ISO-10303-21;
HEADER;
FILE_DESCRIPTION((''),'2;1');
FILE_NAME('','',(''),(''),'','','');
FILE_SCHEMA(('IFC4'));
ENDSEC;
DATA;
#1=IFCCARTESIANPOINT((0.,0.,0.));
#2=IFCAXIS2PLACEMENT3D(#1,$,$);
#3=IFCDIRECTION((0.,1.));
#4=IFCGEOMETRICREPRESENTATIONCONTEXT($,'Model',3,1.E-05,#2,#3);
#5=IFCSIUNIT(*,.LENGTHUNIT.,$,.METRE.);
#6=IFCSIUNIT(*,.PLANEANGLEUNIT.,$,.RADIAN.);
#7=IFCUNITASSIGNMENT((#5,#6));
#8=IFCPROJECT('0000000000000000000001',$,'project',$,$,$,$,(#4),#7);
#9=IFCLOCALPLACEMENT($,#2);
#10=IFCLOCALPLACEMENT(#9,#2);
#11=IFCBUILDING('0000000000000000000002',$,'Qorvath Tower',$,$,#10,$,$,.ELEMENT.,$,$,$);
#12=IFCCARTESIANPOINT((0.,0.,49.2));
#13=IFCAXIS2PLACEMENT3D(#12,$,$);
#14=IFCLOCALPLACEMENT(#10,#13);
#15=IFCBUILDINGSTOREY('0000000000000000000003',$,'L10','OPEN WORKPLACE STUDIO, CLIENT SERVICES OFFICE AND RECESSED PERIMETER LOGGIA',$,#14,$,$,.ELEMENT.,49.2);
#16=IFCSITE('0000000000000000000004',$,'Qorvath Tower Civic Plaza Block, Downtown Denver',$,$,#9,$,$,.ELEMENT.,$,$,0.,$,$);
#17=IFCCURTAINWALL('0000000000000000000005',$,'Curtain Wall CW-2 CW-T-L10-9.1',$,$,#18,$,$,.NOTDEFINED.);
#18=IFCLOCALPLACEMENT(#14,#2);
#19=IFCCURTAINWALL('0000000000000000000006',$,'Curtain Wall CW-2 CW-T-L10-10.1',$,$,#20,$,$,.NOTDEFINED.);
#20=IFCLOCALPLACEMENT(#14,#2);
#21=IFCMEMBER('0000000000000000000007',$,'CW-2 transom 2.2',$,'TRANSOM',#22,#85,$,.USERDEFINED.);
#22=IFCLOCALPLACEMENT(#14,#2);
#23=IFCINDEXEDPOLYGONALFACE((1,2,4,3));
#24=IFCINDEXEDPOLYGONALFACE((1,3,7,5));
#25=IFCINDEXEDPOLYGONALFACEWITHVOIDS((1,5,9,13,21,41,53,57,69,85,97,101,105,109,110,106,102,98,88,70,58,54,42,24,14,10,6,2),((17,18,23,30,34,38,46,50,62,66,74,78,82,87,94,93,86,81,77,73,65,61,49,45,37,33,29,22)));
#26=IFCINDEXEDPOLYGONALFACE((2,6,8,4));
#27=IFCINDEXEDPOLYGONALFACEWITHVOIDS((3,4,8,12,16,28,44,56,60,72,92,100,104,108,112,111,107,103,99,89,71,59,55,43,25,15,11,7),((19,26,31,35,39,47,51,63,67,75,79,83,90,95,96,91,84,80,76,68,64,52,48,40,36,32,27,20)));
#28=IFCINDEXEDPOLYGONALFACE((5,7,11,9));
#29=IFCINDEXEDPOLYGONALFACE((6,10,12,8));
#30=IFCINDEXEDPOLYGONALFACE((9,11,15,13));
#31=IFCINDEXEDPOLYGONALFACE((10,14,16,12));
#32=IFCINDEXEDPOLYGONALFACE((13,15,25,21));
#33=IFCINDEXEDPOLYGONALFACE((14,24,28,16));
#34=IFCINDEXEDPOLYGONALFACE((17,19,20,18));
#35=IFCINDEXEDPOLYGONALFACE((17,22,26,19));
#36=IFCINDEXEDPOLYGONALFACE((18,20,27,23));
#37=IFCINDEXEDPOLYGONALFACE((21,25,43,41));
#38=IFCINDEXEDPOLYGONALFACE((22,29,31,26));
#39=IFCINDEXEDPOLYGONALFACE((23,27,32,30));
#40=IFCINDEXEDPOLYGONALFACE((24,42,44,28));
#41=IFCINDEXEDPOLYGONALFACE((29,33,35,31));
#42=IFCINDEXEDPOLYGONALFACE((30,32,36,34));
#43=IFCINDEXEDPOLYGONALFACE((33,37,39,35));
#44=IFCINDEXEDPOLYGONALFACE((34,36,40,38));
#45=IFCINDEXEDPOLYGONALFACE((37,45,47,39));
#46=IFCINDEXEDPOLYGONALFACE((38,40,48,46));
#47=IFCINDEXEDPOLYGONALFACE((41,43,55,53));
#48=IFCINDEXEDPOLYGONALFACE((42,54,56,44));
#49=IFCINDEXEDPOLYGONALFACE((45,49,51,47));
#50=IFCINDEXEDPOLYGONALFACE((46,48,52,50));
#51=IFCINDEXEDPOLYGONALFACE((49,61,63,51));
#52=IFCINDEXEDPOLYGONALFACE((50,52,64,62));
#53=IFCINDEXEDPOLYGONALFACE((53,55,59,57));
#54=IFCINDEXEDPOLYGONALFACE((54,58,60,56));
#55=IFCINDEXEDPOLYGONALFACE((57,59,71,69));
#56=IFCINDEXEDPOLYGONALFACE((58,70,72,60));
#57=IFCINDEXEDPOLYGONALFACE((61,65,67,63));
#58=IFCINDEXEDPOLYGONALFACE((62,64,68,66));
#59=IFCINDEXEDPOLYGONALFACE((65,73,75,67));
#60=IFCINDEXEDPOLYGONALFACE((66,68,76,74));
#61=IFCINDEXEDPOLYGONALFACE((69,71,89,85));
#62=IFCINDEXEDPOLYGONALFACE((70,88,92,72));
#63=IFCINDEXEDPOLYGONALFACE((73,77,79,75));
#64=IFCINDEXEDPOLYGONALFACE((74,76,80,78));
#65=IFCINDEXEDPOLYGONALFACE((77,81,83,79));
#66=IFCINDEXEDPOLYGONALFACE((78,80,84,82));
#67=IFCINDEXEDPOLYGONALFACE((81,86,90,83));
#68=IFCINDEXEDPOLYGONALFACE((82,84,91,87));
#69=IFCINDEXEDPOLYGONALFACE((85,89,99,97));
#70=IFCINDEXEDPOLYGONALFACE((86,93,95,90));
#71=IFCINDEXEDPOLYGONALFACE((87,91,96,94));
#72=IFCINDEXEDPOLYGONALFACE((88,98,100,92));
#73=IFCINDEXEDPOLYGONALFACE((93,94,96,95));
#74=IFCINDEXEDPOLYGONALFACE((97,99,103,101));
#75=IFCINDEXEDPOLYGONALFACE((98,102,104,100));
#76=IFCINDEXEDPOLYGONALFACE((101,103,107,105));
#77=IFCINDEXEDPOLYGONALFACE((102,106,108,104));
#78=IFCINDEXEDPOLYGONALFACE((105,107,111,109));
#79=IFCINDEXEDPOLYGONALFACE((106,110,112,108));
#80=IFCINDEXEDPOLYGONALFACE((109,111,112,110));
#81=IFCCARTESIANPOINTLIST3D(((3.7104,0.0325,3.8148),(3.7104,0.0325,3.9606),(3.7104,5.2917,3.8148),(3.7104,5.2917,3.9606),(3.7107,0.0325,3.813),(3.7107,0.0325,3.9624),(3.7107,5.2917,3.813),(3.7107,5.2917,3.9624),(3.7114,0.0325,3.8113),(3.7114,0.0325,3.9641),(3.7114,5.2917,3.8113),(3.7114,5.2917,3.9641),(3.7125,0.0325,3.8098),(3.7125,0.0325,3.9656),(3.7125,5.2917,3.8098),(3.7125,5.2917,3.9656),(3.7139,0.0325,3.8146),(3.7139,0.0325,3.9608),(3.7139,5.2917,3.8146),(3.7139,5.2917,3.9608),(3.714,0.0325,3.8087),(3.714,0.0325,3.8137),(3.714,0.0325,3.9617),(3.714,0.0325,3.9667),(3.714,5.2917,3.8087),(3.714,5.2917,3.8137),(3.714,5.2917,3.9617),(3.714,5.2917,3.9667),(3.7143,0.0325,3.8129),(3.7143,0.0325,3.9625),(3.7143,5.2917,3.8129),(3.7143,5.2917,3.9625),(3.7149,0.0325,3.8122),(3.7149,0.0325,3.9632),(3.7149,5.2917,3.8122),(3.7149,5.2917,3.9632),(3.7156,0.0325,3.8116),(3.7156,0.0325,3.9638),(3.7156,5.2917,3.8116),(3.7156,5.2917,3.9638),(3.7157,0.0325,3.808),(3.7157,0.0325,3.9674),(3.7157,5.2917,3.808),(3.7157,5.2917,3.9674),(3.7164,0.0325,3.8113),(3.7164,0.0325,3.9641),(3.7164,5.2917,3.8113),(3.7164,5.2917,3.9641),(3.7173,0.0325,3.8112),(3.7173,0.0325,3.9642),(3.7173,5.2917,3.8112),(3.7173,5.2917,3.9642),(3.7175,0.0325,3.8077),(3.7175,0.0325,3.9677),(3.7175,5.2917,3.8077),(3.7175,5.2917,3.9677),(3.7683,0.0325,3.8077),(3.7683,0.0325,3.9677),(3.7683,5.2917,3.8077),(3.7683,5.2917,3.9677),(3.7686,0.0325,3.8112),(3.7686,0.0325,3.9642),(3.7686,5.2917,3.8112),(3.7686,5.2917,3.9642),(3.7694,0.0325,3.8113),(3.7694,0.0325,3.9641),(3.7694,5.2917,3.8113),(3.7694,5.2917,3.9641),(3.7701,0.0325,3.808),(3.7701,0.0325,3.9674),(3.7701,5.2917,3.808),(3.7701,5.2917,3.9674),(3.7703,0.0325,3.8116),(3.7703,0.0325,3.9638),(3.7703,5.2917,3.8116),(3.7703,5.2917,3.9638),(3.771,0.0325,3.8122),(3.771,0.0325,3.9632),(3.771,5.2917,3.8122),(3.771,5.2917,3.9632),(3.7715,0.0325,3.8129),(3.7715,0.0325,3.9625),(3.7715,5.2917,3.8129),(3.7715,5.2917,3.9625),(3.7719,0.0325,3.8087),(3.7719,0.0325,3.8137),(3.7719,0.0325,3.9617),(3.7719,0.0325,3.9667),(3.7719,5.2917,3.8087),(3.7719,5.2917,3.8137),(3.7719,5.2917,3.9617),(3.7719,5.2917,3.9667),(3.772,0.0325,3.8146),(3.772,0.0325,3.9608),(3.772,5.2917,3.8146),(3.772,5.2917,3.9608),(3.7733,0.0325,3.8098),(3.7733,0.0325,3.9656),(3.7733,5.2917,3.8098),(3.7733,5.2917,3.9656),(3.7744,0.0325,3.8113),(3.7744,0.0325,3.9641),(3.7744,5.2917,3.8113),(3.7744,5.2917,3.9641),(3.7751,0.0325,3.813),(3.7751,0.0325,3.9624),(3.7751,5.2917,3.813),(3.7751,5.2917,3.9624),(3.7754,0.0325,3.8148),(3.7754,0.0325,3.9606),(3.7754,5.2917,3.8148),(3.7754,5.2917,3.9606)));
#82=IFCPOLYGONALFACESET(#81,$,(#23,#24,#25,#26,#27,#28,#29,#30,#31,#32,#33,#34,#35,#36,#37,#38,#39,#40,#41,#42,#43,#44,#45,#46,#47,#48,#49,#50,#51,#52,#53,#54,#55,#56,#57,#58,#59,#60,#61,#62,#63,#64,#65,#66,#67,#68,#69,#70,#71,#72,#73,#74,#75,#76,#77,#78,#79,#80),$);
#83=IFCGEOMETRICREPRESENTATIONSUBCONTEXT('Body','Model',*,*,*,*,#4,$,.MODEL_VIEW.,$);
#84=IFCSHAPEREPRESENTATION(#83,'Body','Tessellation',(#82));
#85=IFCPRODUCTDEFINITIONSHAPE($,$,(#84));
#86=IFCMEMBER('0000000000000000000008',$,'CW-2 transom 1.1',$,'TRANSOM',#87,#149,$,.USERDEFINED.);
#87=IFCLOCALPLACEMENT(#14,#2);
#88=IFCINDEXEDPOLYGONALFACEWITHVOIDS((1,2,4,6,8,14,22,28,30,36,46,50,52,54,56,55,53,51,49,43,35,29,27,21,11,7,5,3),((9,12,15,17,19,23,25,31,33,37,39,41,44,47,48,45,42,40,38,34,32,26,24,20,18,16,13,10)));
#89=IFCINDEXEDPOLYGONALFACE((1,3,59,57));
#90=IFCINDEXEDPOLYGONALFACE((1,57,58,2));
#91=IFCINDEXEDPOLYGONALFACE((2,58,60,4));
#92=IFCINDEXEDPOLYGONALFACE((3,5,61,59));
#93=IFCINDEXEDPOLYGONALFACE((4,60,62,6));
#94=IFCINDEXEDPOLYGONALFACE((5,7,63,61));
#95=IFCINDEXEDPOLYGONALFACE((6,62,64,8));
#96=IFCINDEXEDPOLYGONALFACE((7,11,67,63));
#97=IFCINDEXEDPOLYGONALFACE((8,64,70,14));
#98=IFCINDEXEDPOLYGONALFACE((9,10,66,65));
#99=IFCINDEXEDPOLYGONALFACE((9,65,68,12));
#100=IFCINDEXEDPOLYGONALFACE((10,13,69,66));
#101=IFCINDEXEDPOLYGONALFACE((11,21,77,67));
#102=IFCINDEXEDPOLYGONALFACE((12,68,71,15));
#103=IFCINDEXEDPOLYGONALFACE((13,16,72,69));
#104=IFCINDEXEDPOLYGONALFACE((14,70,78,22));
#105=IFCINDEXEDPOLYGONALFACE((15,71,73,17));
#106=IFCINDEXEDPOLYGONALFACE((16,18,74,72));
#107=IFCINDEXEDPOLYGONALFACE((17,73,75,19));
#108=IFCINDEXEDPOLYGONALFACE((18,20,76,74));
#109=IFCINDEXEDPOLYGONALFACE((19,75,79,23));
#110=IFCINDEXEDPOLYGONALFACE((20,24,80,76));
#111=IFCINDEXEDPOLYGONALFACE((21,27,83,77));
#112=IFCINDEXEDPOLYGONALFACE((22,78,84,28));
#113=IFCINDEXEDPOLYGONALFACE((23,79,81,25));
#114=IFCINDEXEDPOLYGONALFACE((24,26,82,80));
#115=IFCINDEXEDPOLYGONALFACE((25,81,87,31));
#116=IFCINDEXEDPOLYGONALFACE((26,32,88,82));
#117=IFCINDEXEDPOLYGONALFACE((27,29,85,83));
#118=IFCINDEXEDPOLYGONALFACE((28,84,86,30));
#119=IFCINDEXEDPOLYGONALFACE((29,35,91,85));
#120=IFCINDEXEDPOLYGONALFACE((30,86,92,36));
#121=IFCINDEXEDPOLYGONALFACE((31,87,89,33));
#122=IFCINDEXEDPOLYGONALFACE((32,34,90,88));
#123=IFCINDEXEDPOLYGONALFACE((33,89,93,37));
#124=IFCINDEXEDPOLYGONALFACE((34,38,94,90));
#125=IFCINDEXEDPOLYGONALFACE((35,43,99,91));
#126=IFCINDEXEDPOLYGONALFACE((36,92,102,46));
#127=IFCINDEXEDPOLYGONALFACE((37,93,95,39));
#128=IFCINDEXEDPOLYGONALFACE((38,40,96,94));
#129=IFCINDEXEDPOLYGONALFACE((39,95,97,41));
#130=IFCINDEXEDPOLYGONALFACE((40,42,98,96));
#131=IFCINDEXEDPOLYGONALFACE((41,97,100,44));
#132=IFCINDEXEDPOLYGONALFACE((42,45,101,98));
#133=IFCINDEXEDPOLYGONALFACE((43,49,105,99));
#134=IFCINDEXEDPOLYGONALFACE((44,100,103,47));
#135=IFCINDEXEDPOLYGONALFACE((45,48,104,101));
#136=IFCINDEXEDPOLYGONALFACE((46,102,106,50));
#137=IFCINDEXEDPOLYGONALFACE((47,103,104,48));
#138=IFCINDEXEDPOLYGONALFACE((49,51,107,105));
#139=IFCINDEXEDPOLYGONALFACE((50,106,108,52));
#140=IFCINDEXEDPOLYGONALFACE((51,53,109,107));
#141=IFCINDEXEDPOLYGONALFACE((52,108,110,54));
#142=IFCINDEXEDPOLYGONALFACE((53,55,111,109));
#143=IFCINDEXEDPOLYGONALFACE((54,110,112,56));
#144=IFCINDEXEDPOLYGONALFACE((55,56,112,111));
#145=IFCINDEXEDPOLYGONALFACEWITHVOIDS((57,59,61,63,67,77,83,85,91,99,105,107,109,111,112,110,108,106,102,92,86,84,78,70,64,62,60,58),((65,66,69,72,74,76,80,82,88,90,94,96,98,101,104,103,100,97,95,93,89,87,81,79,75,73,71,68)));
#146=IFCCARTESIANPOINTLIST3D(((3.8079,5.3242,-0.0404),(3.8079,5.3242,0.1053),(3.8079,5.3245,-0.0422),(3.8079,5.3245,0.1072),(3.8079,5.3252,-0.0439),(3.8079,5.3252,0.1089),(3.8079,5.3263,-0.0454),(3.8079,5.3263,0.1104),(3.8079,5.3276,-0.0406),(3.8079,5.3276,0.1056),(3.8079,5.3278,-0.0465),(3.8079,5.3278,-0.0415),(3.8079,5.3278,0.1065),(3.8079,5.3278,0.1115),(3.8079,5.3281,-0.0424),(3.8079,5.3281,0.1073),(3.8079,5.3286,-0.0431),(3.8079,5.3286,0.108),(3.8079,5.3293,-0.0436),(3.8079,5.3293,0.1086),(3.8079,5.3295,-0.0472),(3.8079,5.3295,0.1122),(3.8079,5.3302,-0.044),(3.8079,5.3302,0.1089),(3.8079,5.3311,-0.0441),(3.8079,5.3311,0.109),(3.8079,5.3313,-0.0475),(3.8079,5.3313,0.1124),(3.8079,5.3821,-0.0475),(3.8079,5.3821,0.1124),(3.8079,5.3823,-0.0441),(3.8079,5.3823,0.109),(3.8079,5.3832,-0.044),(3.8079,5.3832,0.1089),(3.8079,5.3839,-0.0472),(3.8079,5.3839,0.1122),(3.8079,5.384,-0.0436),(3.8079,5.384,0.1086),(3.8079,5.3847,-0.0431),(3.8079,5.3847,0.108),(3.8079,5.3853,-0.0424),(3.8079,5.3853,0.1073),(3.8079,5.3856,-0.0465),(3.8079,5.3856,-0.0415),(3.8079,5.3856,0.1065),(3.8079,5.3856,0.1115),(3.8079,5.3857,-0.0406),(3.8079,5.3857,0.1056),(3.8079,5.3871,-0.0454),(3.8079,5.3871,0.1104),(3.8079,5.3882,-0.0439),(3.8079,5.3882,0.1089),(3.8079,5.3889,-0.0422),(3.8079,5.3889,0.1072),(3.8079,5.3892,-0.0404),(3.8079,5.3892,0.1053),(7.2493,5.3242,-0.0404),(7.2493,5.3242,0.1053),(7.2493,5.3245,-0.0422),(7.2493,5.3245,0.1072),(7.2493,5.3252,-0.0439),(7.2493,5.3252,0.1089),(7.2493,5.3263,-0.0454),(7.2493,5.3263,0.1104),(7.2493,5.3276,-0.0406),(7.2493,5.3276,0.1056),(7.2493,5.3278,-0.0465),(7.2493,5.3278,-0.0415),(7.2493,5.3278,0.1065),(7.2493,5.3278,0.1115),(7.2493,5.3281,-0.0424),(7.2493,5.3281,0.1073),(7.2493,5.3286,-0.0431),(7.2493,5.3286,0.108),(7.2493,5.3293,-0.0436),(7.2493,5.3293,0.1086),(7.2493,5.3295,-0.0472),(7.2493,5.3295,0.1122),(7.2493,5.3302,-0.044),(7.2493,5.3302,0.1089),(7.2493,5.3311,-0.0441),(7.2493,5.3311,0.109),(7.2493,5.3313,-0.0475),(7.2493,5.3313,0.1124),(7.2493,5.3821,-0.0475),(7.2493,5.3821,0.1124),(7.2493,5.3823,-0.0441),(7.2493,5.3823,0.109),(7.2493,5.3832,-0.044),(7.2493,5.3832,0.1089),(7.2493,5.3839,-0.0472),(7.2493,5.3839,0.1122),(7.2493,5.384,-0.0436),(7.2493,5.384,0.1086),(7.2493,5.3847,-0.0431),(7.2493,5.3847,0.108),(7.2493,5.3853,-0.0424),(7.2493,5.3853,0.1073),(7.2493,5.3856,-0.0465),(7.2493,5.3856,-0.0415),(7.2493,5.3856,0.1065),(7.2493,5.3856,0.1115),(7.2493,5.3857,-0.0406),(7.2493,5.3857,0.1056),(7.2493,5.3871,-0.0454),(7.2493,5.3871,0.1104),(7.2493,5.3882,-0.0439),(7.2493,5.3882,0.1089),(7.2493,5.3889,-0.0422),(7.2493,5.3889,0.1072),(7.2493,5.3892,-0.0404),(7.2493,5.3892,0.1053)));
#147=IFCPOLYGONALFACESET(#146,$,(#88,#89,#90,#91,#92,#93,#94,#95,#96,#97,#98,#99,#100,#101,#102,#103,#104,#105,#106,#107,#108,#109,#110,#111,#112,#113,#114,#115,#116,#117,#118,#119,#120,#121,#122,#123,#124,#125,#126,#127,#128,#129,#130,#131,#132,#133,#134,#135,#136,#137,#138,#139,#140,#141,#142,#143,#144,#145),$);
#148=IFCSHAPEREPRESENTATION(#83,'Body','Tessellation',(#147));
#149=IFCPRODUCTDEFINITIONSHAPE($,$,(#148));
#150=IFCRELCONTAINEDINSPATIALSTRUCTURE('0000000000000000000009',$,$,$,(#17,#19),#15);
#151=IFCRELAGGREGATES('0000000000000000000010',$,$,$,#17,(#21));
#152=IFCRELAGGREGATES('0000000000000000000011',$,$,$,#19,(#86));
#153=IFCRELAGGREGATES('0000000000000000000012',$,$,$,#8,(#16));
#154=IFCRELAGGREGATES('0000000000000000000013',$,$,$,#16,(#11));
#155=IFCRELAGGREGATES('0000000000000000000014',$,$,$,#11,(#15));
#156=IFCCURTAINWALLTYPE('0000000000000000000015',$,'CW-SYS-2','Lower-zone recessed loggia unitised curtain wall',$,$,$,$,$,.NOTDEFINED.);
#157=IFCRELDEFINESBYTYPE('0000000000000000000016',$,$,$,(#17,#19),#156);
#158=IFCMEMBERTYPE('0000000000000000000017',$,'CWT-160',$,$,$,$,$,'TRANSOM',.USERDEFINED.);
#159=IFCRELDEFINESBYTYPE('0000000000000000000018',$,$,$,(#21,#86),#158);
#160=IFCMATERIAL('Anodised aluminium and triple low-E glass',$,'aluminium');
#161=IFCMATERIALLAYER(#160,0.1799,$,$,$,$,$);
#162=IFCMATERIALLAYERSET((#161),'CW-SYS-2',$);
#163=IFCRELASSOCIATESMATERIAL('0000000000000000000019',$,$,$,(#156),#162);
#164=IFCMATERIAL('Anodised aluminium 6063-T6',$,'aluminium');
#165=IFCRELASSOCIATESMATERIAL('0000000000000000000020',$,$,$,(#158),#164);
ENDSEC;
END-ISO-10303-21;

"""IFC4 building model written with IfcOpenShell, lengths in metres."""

from ifc_helpers import new_model, si_unit, direction, frame, origin, origin_2d, place, context, subcontext, project, spatial, hollow_rectangle, extrude, material, layer, layer_set, material_profile, profile_set, type_object, element, aggregate, save


model = new_model("IFC4")

# Units and contexts
model_context = context("Model", 3, precision=1e-05, world=origin(), true_north=direction((0.0, 1.0)))
body_context = subcontext(model_context, "Body", "Model", "MODEL_VIEW")
ifc_project = project(units=[si_unit("LENGTHUNIT", "METRE"), si_unit("PLANEANGLEUNIT", "RADIAN")], contexts=[model_context])

# Site, building, storey
site_placement = place(None, origin())
site = spatial("IfcSite", under=ifc_project, at=site_placement, Name="Qorvath Tower Civic Plaza Block, Downtown Denver", CompositionType="ELEMENT", RefElevation=0.0)
building_placement = place(site_placement, origin())
building = spatial("IfcBuilding", under=site, at=building_placement, Name="Qorvath Tower", CompositionType="ELEMENT")
storey_placement = place(building_placement, frame((0.0, 0.0, 49.2)))
storey = spatial("IfcBuildingStorey", under=building, at=storey_placement, Name="L10", Description="OPEN WORKPLACE STUDIO, CLIENT SERVICES OFFICE AND RECESSED PERIMETER LOGGIA", CompositionType="ELEMENT", Elevation=49.2)

# Curtain walls
ifc_material_1 = material(Name="Anodised aluminium and triple low-E glass", Category="aluminium")
ifc_layer_1 = layer(ifc_material_1, 0.1799)
ifc_layer_set_1 = layer_set([ifc_layer_1], Name="CW-SYS-2")
curtain_wall_type = type_object("IfcCurtainWallType", Name="CW-SYS-2", Description="Lower-zone recessed loggia unitised curtain wall", PredefinedType="NOTDEFINED", material=ifc_layer_set_1)
curtain_wall_1_placement = place(storey_placement, origin())
curtain_wall_1 = element("IfcCurtainWall", 1, at=curtain_wall_1_placement, inside=storey, type_object=curtain_wall_type, Name="Curtain Wall CW-2 CW-T-L10-9.1", PredefinedType="NOTDEFINED")
curtain_wall_2_placement = place(storey_placement, origin())
curtain_wall_2 = element("IfcCurtainWall", 2, at=curtain_wall_2_placement, inside=storey, type_object=curtain_wall_type, Name="Curtain Wall CW-2 CW-T-L10-10.1", PredefinedType="NOTDEFINED")

# Members
ifc_material_2 = material(Name="Anodised aluminium 6063-T6", Category="aluminium")
ifc_material_profile_1 = material_profile(ifc_material_2, hollow_rectangle(XDim=0.0649, YDim=0.1599, WallThickness=0.0034, InnerFilletRadius=0.0034, OuterFilletRadius=0.0071, at=origin_2d()), Name="CWT 160x65")
ifc_profile_set_1 = profile_set([ifc_material_profile_1], Name="Anodised aluminium 6063-T6")
member_type_1 = type_object("IfcMemberType", Name="CWT-160", ElementType="TRANSOM", PredefinedType="USERDEFINED", material=ifc_profile_set_1)
member_1_placement = place(storey_placement, frame((3.7429, 0.0325, 3.8877), z_axis=(0.0, 1.0, 0.0), x_axis=(-1.0, 0.0, 0.0)))
member_1 = element("IfcMember", 3, at=member_1_placement, type_object=member_type_1, Name="CW-2 transom 2.2", ObjectType="TRANSOM", PredefinedType="USERDEFINED", context=body_context, shape_type="SweptSolid", body=[
    extrude(hollow_rectangle(XDim=0.0649, YDim=0.1599, WallThickness=0.0034, InnerFilletRadius=0.0034, OuterFilletRadius=0.0071, at=origin_2d()), origin(), (0.0, 0.0, 1.0), 5.2593),
])
member_2_placement = place(storey_placement, frame((3.8079, 5.3567, 0.0325), z_axis=(1.0, 0.0, 0.0), x_axis=(0.0, 1.0, 0.0)))
member_2 = element("IfcMember", 4, at=member_2_placement, type_object=member_type_1, Name="CW-2 transom 1.1", ObjectType="TRANSOM", PredefinedType="USERDEFINED", context=body_context, shape_type="SweptSolid", body=[
    extrude(hollow_rectangle(XDim=0.0649, YDim=0.1599, WallThickness=0.0034, InnerFilletRadius=0.0034, OuterFilletRadius=0.0071, at=origin_2d()), origin(), (0.0, 0.0, 1.0), 3.4414),
])

aggregate(curtain_wall_1, [member_1])
aggregate(curtain_wall_2, [member_2])

save(model, "model.ifc")
